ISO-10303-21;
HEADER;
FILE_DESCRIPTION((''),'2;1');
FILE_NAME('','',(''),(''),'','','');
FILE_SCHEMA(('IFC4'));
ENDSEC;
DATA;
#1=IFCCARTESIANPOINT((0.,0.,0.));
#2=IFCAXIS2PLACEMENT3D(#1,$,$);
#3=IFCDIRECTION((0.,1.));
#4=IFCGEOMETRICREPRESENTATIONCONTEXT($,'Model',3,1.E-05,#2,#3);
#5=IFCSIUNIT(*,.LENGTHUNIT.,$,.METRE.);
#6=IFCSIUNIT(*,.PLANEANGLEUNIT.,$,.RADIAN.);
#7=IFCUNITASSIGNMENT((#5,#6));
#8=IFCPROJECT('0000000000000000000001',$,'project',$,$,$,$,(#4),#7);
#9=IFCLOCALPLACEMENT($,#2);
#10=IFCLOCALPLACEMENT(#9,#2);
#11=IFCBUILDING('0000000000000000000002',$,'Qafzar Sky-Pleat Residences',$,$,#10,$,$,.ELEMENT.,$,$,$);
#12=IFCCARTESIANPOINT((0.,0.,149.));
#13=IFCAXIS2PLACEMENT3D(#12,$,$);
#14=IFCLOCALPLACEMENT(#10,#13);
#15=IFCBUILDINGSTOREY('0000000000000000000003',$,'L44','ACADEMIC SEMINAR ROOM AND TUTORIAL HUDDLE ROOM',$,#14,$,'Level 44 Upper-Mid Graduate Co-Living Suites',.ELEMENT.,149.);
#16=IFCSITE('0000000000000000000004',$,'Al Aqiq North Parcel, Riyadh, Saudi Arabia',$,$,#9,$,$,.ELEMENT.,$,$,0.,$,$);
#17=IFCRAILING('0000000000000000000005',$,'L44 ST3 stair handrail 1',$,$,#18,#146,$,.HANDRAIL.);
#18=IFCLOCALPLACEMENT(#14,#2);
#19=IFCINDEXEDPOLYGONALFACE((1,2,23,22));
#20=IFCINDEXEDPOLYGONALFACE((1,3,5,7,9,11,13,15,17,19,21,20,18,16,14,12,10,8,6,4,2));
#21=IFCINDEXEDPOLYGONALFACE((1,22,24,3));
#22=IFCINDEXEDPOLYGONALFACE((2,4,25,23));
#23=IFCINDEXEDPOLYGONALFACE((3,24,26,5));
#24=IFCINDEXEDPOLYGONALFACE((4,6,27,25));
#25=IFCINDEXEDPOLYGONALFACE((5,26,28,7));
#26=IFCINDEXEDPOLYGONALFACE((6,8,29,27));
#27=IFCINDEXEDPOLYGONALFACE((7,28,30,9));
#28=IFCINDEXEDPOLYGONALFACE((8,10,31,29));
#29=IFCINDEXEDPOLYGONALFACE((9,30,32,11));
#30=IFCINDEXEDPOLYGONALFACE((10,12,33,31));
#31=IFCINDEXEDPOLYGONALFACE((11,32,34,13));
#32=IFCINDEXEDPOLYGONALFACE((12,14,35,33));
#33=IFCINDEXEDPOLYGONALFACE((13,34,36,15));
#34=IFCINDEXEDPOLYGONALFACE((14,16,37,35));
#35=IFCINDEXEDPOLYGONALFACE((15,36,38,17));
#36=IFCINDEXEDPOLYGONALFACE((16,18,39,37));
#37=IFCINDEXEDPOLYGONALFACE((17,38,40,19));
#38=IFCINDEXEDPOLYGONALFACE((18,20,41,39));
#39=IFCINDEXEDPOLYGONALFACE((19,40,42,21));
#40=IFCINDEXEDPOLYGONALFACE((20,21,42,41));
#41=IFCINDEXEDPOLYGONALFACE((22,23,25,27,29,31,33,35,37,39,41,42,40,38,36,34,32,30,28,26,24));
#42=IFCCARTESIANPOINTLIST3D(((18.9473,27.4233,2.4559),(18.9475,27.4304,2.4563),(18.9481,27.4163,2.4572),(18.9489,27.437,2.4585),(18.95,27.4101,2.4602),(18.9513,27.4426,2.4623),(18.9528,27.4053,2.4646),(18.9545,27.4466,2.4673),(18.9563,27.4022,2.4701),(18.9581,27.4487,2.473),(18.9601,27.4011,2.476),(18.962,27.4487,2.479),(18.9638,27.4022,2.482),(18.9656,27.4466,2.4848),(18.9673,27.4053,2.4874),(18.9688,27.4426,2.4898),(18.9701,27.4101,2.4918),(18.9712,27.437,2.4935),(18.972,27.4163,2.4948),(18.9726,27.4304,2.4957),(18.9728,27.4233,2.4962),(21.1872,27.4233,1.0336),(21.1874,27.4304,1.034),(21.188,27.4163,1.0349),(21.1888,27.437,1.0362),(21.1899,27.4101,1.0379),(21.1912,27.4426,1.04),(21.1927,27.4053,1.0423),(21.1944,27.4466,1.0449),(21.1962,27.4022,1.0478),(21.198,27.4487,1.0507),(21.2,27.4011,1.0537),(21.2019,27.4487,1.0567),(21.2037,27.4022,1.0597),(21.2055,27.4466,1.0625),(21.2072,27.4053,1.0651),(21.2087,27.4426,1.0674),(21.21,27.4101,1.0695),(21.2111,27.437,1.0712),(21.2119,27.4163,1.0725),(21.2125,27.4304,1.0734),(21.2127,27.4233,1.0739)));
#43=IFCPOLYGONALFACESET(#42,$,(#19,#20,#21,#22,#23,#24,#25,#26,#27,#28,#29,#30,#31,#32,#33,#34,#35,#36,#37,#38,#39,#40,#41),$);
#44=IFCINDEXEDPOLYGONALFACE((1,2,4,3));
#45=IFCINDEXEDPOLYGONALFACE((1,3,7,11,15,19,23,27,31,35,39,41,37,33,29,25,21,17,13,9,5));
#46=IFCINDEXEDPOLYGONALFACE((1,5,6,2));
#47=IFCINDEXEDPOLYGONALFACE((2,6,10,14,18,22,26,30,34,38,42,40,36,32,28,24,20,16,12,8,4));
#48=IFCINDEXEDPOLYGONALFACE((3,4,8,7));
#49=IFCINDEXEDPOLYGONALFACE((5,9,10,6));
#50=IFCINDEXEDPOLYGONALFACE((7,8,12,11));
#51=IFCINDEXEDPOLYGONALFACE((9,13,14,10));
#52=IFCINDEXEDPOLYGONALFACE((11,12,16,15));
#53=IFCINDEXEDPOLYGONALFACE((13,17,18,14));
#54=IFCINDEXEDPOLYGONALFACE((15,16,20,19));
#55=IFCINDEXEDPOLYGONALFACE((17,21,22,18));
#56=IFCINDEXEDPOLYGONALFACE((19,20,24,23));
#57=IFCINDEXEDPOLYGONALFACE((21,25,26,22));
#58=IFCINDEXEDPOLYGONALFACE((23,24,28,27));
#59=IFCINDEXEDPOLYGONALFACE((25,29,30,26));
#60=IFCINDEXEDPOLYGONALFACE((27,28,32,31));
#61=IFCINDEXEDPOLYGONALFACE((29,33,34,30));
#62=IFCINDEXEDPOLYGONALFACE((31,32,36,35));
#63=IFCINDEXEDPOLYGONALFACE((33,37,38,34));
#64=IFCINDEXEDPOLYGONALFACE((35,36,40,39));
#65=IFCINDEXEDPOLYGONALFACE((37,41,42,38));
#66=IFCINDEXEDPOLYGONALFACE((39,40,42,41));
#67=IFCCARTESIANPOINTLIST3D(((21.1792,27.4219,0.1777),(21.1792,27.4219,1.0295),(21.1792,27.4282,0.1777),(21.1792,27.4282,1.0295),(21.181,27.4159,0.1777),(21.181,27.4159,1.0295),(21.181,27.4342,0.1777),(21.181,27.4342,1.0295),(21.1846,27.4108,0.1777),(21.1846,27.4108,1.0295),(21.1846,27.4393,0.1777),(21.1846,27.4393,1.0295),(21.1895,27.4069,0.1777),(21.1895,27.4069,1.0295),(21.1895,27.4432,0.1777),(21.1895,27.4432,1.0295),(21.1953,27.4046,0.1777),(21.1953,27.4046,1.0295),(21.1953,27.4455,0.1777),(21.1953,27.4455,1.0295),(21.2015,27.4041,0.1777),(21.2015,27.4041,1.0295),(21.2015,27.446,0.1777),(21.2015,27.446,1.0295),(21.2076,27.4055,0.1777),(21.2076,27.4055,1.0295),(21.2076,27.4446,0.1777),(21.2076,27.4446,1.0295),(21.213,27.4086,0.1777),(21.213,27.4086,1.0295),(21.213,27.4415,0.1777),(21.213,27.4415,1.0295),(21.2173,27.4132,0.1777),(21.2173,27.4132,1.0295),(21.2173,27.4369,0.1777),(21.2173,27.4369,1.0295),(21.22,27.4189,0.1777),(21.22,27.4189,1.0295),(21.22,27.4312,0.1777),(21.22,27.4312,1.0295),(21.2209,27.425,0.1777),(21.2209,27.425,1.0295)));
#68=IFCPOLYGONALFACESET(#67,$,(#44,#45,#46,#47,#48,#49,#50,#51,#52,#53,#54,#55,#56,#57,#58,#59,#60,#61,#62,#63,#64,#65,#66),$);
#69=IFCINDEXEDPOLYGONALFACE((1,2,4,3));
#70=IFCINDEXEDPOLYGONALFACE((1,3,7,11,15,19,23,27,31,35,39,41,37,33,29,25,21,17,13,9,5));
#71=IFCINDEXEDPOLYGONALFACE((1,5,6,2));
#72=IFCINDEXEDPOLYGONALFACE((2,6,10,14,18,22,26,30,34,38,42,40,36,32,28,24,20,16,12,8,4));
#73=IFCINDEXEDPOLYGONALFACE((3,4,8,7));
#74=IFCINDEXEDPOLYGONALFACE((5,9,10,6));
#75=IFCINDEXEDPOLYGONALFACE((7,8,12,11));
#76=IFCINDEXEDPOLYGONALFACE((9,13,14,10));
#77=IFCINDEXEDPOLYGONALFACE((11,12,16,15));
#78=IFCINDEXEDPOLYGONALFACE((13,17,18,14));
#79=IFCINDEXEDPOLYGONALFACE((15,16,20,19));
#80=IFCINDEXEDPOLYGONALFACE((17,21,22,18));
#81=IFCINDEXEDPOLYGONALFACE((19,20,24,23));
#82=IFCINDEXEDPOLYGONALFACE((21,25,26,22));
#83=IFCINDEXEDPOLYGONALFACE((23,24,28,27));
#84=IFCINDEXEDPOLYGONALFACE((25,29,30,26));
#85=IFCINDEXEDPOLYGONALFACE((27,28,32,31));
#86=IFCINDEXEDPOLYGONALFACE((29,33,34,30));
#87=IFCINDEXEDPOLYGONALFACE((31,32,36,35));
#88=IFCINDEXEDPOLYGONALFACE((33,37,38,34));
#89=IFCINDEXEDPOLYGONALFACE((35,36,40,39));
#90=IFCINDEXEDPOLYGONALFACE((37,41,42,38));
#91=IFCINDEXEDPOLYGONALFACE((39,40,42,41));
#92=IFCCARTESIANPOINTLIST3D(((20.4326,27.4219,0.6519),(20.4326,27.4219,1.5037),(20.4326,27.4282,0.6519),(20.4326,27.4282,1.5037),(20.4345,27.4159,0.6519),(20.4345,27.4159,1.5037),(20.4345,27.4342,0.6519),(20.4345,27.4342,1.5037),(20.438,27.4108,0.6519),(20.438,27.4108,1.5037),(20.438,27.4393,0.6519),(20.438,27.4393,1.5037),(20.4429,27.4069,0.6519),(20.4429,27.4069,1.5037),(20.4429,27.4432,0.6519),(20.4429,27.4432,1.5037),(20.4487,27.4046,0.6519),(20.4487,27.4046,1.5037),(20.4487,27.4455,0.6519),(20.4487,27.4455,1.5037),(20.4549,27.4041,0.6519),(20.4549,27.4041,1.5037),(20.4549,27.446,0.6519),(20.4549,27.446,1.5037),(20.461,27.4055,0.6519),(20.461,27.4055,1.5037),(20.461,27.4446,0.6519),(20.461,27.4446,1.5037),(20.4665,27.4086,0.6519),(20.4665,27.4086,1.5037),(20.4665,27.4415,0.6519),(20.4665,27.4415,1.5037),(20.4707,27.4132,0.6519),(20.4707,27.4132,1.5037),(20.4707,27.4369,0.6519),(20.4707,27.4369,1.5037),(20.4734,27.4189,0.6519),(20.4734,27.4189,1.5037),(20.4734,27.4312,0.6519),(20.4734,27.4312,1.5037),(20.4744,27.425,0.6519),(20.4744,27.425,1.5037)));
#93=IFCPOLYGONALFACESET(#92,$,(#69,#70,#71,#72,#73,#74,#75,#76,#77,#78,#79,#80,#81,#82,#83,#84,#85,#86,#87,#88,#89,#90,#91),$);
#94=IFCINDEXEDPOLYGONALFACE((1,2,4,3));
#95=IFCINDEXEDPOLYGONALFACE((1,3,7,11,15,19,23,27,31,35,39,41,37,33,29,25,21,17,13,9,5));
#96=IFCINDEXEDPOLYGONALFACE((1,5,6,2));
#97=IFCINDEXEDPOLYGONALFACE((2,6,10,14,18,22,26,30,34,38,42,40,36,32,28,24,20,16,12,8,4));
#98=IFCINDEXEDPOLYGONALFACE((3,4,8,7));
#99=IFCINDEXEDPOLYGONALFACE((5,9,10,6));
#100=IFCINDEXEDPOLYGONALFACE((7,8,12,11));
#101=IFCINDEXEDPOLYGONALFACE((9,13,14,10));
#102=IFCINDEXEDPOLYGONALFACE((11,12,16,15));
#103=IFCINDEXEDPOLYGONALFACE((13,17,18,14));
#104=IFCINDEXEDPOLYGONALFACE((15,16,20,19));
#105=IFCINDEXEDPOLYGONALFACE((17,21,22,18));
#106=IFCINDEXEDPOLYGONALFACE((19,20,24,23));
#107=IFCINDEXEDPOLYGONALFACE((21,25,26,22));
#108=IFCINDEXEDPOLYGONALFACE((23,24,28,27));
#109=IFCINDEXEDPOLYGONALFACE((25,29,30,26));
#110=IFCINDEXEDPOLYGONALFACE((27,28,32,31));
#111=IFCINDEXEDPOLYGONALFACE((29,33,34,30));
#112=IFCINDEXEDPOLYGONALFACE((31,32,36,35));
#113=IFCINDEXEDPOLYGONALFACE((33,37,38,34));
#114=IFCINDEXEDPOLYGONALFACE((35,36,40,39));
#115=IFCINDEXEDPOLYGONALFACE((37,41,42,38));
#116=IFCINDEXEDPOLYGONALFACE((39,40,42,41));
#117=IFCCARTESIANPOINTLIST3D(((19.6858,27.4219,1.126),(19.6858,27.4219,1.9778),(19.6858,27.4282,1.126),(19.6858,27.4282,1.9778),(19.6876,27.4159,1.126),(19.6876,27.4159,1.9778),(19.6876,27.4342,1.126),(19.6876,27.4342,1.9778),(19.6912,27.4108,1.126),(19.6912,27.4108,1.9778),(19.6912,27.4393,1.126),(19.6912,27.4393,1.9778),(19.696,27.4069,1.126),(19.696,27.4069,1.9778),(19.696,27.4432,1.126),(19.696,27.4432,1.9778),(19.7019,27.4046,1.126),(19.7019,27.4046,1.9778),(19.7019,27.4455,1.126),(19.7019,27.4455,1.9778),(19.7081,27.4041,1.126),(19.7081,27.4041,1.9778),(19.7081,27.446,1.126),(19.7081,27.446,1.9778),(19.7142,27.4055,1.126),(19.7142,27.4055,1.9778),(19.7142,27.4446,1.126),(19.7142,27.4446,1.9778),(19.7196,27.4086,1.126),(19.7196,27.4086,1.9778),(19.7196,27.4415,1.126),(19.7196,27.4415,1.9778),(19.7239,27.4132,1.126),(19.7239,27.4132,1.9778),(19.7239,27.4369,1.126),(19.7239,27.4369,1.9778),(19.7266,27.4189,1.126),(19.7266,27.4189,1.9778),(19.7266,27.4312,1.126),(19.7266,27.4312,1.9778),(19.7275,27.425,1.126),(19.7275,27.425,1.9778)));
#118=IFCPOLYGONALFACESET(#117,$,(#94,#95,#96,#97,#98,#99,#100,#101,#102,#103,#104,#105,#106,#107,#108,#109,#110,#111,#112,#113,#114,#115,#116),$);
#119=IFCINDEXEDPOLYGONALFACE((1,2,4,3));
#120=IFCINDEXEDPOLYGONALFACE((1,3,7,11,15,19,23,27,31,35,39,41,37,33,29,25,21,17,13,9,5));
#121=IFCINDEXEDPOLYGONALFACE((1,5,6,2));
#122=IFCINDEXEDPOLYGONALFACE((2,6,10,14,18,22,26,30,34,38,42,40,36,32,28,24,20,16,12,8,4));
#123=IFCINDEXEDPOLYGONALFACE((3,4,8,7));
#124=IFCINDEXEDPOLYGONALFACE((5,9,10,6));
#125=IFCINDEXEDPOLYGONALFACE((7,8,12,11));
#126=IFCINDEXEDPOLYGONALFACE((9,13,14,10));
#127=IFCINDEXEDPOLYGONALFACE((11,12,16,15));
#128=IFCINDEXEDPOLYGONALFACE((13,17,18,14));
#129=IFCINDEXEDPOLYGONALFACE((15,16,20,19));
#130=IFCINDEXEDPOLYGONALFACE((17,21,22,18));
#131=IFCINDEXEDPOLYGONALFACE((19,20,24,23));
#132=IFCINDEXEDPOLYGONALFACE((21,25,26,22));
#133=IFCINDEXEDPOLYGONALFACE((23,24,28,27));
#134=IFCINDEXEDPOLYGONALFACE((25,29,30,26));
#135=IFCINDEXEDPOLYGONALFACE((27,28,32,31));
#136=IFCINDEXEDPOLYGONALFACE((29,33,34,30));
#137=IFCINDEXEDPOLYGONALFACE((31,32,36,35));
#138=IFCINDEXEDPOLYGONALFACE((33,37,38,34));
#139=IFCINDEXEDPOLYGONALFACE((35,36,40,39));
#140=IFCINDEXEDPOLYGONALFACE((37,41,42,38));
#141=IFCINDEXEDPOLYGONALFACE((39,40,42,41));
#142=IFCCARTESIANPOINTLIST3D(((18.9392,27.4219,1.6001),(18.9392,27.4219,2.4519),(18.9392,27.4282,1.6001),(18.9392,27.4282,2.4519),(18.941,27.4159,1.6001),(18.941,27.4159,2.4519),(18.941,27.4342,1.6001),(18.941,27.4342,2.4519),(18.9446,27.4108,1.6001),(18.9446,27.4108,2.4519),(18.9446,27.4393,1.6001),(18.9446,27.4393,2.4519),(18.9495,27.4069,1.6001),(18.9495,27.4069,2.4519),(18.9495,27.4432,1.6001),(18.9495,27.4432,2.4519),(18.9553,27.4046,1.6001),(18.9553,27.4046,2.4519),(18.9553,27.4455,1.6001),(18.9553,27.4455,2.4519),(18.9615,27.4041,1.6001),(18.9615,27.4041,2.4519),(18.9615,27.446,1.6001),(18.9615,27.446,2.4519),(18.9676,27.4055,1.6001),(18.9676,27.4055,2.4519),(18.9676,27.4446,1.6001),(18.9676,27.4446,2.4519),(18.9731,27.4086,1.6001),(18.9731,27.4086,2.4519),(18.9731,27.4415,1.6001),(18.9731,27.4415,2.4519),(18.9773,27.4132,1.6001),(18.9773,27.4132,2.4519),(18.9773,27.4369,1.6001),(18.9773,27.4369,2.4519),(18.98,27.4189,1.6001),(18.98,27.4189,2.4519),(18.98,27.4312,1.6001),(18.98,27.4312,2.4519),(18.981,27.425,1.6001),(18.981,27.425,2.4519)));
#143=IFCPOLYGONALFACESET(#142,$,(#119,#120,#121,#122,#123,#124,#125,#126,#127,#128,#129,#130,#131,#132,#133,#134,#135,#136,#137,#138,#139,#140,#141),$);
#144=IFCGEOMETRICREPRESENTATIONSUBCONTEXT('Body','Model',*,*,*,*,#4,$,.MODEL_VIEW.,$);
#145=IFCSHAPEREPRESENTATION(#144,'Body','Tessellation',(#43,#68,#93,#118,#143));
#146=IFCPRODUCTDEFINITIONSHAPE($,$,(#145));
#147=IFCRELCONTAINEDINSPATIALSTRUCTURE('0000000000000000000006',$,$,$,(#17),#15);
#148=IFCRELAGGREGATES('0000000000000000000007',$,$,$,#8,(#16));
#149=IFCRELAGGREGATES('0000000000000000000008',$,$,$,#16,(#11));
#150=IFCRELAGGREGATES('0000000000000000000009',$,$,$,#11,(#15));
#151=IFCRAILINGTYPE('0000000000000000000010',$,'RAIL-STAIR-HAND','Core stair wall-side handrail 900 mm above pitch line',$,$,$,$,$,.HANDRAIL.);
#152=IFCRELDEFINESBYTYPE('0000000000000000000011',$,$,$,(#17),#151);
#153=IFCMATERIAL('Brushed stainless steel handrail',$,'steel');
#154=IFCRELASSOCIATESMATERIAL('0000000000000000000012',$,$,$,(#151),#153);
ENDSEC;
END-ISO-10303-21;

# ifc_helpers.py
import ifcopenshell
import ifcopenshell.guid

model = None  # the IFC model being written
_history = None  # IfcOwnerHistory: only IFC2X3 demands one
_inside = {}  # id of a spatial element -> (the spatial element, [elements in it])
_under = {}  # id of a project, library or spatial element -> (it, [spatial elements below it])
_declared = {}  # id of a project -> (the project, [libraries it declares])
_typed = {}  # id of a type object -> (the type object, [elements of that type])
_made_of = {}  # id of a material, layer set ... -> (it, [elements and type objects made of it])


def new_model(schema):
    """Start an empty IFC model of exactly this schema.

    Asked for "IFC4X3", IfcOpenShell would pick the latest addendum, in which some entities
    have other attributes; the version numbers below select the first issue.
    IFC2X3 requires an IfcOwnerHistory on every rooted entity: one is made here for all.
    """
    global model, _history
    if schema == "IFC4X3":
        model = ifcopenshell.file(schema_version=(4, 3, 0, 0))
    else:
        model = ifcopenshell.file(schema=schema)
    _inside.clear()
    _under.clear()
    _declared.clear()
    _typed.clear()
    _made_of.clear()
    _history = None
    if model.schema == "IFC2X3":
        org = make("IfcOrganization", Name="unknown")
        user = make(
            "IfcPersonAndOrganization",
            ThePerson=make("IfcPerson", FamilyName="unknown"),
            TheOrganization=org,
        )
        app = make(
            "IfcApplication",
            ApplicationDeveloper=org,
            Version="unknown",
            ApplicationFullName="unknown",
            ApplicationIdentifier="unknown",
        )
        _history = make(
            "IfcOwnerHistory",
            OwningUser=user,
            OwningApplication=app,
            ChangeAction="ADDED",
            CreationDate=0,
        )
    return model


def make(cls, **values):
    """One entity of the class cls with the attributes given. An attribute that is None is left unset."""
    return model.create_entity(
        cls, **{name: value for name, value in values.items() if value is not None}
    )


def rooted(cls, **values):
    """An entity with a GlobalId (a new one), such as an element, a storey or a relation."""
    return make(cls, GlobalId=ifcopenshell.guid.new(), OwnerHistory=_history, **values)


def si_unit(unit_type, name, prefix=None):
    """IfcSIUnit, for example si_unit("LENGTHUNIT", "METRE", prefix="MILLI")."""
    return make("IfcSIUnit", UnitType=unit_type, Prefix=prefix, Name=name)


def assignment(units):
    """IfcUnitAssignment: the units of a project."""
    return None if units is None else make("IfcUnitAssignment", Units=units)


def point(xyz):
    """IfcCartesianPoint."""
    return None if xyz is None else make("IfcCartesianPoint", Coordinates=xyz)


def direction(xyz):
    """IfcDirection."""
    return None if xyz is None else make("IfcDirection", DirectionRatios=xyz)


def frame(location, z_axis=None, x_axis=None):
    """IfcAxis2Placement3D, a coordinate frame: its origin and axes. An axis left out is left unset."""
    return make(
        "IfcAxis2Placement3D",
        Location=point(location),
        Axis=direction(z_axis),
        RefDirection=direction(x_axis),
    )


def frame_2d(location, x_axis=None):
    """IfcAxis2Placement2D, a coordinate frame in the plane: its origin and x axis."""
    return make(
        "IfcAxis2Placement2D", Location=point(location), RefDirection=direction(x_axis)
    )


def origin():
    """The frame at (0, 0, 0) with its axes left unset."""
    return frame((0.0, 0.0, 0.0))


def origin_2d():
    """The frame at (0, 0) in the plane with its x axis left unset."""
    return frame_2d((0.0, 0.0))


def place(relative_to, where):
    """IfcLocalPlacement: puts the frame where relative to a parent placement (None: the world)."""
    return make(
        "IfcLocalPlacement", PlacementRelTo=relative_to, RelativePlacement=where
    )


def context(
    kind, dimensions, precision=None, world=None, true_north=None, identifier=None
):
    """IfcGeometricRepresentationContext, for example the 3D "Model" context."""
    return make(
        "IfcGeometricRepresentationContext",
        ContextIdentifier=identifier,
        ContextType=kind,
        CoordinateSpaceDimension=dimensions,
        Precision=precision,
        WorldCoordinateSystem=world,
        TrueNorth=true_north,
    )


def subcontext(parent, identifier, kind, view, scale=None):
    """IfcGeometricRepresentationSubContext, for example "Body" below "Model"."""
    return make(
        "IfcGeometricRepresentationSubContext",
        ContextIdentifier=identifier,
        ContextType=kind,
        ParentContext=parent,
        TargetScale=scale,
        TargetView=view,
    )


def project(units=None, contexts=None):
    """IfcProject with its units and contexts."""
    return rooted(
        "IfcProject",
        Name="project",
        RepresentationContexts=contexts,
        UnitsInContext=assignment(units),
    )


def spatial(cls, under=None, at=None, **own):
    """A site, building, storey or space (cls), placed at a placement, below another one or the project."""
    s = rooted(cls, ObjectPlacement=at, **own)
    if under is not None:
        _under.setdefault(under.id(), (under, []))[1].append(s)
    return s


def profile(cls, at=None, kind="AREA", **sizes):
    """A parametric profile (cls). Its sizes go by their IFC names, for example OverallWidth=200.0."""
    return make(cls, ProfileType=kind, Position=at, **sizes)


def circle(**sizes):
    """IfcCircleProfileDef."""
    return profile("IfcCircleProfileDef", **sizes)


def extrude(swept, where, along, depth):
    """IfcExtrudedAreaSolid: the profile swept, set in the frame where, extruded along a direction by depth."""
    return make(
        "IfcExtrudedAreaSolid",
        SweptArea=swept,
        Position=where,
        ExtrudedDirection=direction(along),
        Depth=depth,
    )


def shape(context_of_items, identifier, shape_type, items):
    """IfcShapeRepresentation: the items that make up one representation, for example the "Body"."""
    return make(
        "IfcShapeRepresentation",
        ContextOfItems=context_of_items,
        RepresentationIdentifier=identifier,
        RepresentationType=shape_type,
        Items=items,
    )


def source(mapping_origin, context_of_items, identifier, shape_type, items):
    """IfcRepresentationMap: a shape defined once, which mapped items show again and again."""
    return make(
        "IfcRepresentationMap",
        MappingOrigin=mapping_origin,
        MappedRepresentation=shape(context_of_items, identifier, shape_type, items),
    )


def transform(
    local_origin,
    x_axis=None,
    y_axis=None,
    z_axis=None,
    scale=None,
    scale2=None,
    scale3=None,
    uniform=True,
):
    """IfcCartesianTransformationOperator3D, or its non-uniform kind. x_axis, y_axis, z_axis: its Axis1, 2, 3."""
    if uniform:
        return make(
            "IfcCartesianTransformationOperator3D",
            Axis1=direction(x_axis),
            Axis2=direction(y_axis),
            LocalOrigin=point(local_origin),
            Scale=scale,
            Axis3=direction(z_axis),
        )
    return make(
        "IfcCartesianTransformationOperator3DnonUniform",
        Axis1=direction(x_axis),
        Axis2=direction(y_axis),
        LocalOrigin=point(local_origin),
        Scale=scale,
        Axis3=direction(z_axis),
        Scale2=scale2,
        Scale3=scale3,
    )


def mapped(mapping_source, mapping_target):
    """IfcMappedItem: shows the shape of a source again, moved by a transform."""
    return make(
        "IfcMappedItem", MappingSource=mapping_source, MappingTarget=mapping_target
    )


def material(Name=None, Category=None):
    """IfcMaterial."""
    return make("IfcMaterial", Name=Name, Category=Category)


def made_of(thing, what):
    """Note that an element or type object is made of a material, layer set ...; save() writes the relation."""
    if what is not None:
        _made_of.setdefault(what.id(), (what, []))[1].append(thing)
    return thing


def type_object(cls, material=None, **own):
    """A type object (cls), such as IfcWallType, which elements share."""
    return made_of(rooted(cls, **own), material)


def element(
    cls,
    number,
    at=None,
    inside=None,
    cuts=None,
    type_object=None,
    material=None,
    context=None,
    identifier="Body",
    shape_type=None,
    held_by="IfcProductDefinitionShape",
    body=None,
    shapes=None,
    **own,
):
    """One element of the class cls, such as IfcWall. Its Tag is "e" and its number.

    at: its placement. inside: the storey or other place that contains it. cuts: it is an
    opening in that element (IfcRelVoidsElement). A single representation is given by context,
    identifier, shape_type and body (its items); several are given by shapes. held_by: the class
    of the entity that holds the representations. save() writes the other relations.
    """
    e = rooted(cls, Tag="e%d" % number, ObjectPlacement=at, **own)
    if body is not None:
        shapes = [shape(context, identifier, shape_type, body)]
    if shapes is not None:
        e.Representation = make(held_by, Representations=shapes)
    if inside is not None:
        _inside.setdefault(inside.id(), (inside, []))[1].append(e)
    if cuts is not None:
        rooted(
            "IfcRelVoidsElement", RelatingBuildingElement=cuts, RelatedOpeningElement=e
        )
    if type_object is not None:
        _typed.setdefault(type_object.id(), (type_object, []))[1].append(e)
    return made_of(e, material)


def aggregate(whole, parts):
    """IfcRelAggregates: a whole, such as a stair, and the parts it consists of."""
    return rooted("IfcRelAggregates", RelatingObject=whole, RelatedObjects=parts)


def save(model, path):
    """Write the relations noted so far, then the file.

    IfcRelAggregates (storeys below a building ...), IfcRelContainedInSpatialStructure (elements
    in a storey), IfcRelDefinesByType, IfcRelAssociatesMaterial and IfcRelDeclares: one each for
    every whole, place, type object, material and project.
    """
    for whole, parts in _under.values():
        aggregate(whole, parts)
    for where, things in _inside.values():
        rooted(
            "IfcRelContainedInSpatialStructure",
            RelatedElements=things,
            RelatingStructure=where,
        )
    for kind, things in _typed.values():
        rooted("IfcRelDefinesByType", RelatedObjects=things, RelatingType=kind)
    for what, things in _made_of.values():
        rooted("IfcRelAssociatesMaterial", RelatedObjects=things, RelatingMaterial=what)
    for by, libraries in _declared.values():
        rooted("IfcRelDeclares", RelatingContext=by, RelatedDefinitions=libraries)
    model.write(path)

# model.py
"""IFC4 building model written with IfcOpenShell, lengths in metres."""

from ifc_helpers import new_model, si_unit, direction, frame, origin, origin_2d, place, context, subcontext, project, spatial, circle, extrude, source, transform, mapped, material, type_object, element, save


model = new_model("IFC4")

# Units and contexts
model_context = context("Model", 3, precision=1e-05, world=origin(), true_north=direction((0.0, 1.0)))
body_context = subcontext(model_context, "Body", "Model", "MODEL_VIEW")
ifc_project = project(units=[si_unit("LENGTHUNIT", "METRE"), si_unit("PLANEANGLEUNIT", "RADIAN")], contexts=[model_context])

# Site, building, storey
site_placement = place(None, origin())
site = spatial("IfcSite", under=ifc_project, at=site_placement, Name="Al Aqiq North Parcel, Riyadh, Saudi Arabia", CompositionType="ELEMENT", RefElevation=0.0)
building_placement = place(site_placement, origin())
building = spatial("IfcBuilding", under=site, at=building_placement, Name="Qafzar Sky-Pleat Residences", CompositionType="ELEMENT")
storey_placement = place(building_placement, frame((0.0, 0.0, 149.0)))
storey = spatial("IfcBuildingStorey", under=building, at=storey_placement, Name="L44", Description="ACADEMIC SEMINAR ROOM AND TUTORIAL HUDDLE ROOM", LongName="Level 44 Upper-Mid Graduate Co-Living Suites", CompositionType="ELEMENT", Elevation=149.0)

# Railing
ifc_material_1 = material(Name="Brushed stainless steel handrail", Category="steel")
railing_type_1 = type_object("IfcRailingType", Name="RAIL-STAIR-HAND", Description="Core stair wall-side handrail 900 mm above pitch line", PredefinedType="HANDRAIL", material=ifc_material_1)
shared_shape_1 = source(origin(), body_context, "Body", "SweptSolid", [
    extrude(circle(Radius=0.0239, at=origin_2d()), frame((0.0, 0.0, 0.876), z_axis=(-0.844188, 0.0, 0.536048), x_axis=(0.0, -1.0, 0.0)), (0.0, 0.0, 1.0), 2.6533),
    extrude(circle(Radius=0.021, at=origin_2d()), origin(), (0.0, 0.0, 1.0), 0.8518),
    extrude(circle(Radius=0.021, at=origin_2d()), frame((-0.7466, 0.0, 0.4741)), (0.0, 0.0, 1.0), 0.8518),
    extrude(circle(Radius=0.021, at=origin_2d()), frame((-1.4934, 0.0, 0.9482)), (0.0, 0.0, 1.0), 0.8518),
    extrude(circle(Radius=0.021, at=origin_2d()), frame((-2.24, 0.0, 1.4224)), (0.0, 0.0, 1.0), 0.8518),
])
railing_1_placement = place(storey_placement, frame((21.2, 27.425, 0.1777)))
element("IfcRailing", 1, at=railing_1_placement, inside=storey, type_object=railing_type_1, Name="L44 ST3 stair handrail 1", PredefinedType="HANDRAIL", context=body_context, shape_type="MappedRepresentation", body=[
    mapped(shared_shape_1, transform((0.0, 0.0, 0.0), x_axis=(1.0, 0.0, 0.0), y_axis=(0.0, 1.0, 0.0), z_axis=(0.0, 0.0, 1.0), scale=1.0)),
])

save(model, "model.ifc")
